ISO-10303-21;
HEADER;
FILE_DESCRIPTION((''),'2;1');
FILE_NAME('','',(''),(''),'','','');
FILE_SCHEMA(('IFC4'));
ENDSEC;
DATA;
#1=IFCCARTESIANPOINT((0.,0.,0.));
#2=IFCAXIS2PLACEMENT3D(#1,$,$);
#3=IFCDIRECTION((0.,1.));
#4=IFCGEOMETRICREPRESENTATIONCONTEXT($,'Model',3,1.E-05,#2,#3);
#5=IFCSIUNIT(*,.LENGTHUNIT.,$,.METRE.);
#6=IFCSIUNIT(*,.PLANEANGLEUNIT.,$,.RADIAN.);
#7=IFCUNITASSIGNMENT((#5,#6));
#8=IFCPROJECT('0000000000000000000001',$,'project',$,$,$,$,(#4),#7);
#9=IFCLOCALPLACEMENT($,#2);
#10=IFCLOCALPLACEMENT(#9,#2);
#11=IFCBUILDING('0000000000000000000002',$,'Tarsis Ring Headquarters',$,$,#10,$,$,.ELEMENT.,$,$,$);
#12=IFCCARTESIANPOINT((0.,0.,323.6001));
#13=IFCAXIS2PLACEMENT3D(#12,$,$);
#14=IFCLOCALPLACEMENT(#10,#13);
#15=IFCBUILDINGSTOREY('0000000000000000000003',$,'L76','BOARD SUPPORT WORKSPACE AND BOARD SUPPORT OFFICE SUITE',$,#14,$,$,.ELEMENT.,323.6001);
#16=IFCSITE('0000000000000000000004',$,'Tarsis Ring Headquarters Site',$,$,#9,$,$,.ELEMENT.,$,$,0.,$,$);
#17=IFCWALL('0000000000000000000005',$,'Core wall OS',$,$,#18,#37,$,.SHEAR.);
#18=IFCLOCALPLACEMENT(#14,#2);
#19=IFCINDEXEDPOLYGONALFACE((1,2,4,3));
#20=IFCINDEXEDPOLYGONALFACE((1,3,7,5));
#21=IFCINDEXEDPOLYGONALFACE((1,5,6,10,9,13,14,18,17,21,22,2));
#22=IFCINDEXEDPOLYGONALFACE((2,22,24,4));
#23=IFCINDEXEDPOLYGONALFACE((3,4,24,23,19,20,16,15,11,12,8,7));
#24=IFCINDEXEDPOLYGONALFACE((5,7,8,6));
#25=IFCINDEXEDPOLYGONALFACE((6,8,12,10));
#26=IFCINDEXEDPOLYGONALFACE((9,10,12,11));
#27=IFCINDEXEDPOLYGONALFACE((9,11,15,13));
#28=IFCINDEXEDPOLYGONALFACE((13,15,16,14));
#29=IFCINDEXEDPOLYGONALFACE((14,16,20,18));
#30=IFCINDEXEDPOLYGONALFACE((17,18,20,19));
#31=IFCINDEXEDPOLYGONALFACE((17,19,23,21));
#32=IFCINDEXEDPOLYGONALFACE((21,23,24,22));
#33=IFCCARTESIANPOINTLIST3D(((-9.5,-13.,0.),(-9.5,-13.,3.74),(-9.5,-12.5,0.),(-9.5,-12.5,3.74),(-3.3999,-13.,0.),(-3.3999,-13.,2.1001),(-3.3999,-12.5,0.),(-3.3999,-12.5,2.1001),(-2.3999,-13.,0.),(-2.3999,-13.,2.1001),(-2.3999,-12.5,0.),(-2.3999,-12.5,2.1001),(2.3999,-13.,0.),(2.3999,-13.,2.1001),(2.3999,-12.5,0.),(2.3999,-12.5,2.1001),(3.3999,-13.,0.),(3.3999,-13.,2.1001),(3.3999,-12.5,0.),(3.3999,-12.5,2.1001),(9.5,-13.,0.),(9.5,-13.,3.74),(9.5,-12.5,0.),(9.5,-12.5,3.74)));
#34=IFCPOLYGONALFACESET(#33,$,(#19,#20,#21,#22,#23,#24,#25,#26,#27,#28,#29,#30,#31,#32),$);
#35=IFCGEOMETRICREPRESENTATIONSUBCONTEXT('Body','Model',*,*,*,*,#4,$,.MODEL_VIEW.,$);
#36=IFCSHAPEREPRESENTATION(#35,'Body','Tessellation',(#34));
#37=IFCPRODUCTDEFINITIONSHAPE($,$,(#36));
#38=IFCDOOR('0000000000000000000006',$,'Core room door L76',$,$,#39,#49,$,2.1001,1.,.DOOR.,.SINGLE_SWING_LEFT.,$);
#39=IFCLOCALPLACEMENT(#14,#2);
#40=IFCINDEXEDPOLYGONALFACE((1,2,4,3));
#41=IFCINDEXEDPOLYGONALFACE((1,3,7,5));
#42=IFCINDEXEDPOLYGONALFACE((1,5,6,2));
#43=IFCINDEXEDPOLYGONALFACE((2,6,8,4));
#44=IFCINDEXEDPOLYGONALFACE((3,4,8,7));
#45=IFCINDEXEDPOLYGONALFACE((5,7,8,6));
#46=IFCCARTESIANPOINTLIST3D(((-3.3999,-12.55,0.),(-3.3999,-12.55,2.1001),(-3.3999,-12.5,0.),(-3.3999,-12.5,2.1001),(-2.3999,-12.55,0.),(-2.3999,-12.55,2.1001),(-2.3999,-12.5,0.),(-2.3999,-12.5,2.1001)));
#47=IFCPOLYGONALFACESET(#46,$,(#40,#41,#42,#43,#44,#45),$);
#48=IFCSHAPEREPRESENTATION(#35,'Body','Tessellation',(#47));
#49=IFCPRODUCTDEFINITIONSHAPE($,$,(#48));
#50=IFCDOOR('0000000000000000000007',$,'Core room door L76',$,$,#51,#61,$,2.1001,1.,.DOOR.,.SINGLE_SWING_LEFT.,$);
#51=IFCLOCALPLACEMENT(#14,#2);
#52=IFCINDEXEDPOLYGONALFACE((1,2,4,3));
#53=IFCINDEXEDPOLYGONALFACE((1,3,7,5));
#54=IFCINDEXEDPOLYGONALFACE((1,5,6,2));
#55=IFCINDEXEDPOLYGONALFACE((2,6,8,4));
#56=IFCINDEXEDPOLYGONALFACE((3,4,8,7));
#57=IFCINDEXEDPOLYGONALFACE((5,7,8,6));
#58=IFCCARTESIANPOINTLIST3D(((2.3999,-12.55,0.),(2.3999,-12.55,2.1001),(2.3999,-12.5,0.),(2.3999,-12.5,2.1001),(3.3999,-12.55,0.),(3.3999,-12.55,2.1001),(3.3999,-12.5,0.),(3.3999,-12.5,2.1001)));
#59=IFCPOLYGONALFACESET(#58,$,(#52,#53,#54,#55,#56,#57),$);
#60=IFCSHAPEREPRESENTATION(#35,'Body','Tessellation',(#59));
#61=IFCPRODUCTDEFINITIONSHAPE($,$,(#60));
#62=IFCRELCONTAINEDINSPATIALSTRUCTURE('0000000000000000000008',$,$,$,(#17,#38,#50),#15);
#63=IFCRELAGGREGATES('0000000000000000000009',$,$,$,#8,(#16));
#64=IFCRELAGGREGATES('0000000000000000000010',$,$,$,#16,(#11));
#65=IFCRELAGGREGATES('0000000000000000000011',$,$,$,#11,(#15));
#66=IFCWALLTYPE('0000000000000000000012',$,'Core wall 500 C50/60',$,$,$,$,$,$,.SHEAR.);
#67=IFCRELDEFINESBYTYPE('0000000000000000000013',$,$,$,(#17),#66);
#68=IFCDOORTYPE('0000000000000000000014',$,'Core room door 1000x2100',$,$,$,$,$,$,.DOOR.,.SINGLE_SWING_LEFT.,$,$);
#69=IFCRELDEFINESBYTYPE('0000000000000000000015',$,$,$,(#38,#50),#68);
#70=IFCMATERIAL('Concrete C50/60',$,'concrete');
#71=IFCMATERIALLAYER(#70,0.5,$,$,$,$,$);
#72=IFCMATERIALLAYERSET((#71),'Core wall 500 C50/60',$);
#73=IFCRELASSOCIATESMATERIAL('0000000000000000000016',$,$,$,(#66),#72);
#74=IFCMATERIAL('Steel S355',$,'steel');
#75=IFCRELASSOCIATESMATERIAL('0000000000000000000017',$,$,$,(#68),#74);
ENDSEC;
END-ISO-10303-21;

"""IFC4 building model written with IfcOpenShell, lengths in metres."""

from ifc_helpers import new_model, si_unit, direction, frame, frame_2d, origin, place, context, subcontext, project, spatial, rectangle, extrude, material, layer, layer_set, type_object, element, fill, save


model = new_model("IFC4")

# Units and contexts
model_context = context("Model", 3, precision=1e-05, world=origin(), true_north=direction((0.0, 1.0)))
body_context = subcontext(model_context, "Body", "Model", "MODEL_VIEW")
ifc_project = project(units=[si_unit("LENGTHUNIT", "METRE"), si_unit("PLANEANGLEUNIT", "RADIAN")], contexts=[model_context])

# Site, building, storey
site_placement = place(None, origin())
site = spatial("IfcSite", under=ifc_project, at=site_placement, Name="Tarsis Ring Headquarters Site", CompositionType="ELEMENT", RefElevation=0.0)
building_placement = place(site_placement, origin())
building = spatial("IfcBuilding", under=site, at=building_placement, Name="Tarsis Ring Headquarters", CompositionType="ELEMENT")
storey_placement = place(building_placement, frame((0.0, 0.0, 323.6001)))
storey = spatial("IfcBuildingStorey", under=building, at=storey_placement, Name="L76", Description="BOARD SUPPORT WORKSPACE AND BOARD SUPPORT OFFICE SUITE", CompositionType="ELEMENT", Elevation=323.6001)

# Wall, openings, doors
ifc_material_1 = material(Name="Concrete C50/60", Category="concrete")
ifc_layer = layer(ifc_material_1, 0.5)
ifc_layer_set = layer_set([ifc_layer], Name="Core wall 500 C50/60")
wall_type = type_object("IfcWallType", Name="Core wall 500 C50/60", PredefinedType="SHEAR", material=ifc_layer_set)
ifc_material_2 = material(Name="Steel S355", Category="steel")
door_type_1 = type_object("IfcDoorType", Name="Core room door 1000x2100", OperationType="SINGLE_SWING_LEFT", PredefinedType="DOOR", material=ifc_material_2)
wall_1_placement = place(storey_placement, frame((-9.5, -12.75, 0.0), z_axis=(0.0, 0.0, 1.0), x_axis=(1.0, 0.0, 0.0)))
wall_1 = element("IfcWall", 1, at=wall_1_placement, inside=storey, type_object=wall_type, Name="Core wall OS", PredefinedType="SHEAR", context=body_context, shape_type="SweptSolid", body=[
    extrude(rectangle(XDim=19.0, YDim=0.5, at=frame_2d((9.5, 0.0))), origin(), (0.0, 0.0, 1.0), 3.74),
])
opening_1_placement = place(wall_1_placement, frame((6.1001, 0.0, 0.0)))
opening_1 = element("IfcOpeningElement", 2, at=opening_1_placement, cuts=wall_1, PredefinedType="OPENING", context=body_context, shape_type="SweptSolid", body=[
    extrude(rectangle(XDim=1.0, YDim=2.1001, at=frame_2d((0.5, 1.05))), frame((0.0, 0.26, 0.0), z_axis=(0.0, -1.0, 0.0), x_axis=(1.0, 0.0, 0.0)), (0.0, 0.0, 1.0), 0.52),
])
opening_2_placement = place(wall_1_placement, frame((11.8999, 0.0, 0.0)))
opening_2 = element("IfcOpeningElement", 3, at=opening_2_placement, cuts=wall_1, PredefinedType="OPENING", context=body_context, shape_type="SweptSolid", body=[
    extrude(rectangle(XDim=1.0, YDim=2.1001, at=frame_2d((0.5, 1.05))), frame((0.0, 0.26, 0.0), z_axis=(0.0, -1.0, 0.0), x_axis=(1.0, 0.0, 0.0)), (0.0, 0.0, 1.0), 0.52),
])
door_1_placement = place(opening_1_placement, origin())
door_1 = element("IfcDoor", 4, at=door_1_placement, inside=storey, type_object=door_type_1, Name="Core room door L76", OperationType="SINGLE_SWING_LEFT", OverallHeight=2.1001, OverallWidth=1.0, PredefinedType="DOOR", context=body_context, shape_type="SweptSolid", body=[
    extrude(rectangle(XDim=1.0, YDim=2.1001, at=frame_2d((0.5, 1.05))), frame((0.0, 0.25, 0.0), z_axis=(0.0, -1.0, 0.0), x_axis=(1.0, 0.0, 0.0)), (0.0, 0.0, 1.0), 0.05),
])
fill(opening_1, door_1)
door_2_placement = place(opening_2_placement, origin())
door_2 = element("IfcDoor", 5, at=door_2_placement, inside=storey, type_object=door_type_1, Name="Core room door L76", OperationType="SINGLE_SWING_LEFT", OverallHeight=2.1001, OverallWidth=1.0, PredefinedType="DOOR", context=body_context, shape_type="SweptSolid", body=[
    extrude(rectangle(XDim=1.0, YDim=2.1001, at=frame_2d((0.5, 1.05))), frame((0.0, 0.25, 0.0), z_axis=(0.0, -1.0, 0.0), x_axis=(1.0, 0.0, 0.0)), (0.0, 0.0, 1.0), 0.05),
])
fill(opening_2, door_2)

save(model, "model.ifc")
